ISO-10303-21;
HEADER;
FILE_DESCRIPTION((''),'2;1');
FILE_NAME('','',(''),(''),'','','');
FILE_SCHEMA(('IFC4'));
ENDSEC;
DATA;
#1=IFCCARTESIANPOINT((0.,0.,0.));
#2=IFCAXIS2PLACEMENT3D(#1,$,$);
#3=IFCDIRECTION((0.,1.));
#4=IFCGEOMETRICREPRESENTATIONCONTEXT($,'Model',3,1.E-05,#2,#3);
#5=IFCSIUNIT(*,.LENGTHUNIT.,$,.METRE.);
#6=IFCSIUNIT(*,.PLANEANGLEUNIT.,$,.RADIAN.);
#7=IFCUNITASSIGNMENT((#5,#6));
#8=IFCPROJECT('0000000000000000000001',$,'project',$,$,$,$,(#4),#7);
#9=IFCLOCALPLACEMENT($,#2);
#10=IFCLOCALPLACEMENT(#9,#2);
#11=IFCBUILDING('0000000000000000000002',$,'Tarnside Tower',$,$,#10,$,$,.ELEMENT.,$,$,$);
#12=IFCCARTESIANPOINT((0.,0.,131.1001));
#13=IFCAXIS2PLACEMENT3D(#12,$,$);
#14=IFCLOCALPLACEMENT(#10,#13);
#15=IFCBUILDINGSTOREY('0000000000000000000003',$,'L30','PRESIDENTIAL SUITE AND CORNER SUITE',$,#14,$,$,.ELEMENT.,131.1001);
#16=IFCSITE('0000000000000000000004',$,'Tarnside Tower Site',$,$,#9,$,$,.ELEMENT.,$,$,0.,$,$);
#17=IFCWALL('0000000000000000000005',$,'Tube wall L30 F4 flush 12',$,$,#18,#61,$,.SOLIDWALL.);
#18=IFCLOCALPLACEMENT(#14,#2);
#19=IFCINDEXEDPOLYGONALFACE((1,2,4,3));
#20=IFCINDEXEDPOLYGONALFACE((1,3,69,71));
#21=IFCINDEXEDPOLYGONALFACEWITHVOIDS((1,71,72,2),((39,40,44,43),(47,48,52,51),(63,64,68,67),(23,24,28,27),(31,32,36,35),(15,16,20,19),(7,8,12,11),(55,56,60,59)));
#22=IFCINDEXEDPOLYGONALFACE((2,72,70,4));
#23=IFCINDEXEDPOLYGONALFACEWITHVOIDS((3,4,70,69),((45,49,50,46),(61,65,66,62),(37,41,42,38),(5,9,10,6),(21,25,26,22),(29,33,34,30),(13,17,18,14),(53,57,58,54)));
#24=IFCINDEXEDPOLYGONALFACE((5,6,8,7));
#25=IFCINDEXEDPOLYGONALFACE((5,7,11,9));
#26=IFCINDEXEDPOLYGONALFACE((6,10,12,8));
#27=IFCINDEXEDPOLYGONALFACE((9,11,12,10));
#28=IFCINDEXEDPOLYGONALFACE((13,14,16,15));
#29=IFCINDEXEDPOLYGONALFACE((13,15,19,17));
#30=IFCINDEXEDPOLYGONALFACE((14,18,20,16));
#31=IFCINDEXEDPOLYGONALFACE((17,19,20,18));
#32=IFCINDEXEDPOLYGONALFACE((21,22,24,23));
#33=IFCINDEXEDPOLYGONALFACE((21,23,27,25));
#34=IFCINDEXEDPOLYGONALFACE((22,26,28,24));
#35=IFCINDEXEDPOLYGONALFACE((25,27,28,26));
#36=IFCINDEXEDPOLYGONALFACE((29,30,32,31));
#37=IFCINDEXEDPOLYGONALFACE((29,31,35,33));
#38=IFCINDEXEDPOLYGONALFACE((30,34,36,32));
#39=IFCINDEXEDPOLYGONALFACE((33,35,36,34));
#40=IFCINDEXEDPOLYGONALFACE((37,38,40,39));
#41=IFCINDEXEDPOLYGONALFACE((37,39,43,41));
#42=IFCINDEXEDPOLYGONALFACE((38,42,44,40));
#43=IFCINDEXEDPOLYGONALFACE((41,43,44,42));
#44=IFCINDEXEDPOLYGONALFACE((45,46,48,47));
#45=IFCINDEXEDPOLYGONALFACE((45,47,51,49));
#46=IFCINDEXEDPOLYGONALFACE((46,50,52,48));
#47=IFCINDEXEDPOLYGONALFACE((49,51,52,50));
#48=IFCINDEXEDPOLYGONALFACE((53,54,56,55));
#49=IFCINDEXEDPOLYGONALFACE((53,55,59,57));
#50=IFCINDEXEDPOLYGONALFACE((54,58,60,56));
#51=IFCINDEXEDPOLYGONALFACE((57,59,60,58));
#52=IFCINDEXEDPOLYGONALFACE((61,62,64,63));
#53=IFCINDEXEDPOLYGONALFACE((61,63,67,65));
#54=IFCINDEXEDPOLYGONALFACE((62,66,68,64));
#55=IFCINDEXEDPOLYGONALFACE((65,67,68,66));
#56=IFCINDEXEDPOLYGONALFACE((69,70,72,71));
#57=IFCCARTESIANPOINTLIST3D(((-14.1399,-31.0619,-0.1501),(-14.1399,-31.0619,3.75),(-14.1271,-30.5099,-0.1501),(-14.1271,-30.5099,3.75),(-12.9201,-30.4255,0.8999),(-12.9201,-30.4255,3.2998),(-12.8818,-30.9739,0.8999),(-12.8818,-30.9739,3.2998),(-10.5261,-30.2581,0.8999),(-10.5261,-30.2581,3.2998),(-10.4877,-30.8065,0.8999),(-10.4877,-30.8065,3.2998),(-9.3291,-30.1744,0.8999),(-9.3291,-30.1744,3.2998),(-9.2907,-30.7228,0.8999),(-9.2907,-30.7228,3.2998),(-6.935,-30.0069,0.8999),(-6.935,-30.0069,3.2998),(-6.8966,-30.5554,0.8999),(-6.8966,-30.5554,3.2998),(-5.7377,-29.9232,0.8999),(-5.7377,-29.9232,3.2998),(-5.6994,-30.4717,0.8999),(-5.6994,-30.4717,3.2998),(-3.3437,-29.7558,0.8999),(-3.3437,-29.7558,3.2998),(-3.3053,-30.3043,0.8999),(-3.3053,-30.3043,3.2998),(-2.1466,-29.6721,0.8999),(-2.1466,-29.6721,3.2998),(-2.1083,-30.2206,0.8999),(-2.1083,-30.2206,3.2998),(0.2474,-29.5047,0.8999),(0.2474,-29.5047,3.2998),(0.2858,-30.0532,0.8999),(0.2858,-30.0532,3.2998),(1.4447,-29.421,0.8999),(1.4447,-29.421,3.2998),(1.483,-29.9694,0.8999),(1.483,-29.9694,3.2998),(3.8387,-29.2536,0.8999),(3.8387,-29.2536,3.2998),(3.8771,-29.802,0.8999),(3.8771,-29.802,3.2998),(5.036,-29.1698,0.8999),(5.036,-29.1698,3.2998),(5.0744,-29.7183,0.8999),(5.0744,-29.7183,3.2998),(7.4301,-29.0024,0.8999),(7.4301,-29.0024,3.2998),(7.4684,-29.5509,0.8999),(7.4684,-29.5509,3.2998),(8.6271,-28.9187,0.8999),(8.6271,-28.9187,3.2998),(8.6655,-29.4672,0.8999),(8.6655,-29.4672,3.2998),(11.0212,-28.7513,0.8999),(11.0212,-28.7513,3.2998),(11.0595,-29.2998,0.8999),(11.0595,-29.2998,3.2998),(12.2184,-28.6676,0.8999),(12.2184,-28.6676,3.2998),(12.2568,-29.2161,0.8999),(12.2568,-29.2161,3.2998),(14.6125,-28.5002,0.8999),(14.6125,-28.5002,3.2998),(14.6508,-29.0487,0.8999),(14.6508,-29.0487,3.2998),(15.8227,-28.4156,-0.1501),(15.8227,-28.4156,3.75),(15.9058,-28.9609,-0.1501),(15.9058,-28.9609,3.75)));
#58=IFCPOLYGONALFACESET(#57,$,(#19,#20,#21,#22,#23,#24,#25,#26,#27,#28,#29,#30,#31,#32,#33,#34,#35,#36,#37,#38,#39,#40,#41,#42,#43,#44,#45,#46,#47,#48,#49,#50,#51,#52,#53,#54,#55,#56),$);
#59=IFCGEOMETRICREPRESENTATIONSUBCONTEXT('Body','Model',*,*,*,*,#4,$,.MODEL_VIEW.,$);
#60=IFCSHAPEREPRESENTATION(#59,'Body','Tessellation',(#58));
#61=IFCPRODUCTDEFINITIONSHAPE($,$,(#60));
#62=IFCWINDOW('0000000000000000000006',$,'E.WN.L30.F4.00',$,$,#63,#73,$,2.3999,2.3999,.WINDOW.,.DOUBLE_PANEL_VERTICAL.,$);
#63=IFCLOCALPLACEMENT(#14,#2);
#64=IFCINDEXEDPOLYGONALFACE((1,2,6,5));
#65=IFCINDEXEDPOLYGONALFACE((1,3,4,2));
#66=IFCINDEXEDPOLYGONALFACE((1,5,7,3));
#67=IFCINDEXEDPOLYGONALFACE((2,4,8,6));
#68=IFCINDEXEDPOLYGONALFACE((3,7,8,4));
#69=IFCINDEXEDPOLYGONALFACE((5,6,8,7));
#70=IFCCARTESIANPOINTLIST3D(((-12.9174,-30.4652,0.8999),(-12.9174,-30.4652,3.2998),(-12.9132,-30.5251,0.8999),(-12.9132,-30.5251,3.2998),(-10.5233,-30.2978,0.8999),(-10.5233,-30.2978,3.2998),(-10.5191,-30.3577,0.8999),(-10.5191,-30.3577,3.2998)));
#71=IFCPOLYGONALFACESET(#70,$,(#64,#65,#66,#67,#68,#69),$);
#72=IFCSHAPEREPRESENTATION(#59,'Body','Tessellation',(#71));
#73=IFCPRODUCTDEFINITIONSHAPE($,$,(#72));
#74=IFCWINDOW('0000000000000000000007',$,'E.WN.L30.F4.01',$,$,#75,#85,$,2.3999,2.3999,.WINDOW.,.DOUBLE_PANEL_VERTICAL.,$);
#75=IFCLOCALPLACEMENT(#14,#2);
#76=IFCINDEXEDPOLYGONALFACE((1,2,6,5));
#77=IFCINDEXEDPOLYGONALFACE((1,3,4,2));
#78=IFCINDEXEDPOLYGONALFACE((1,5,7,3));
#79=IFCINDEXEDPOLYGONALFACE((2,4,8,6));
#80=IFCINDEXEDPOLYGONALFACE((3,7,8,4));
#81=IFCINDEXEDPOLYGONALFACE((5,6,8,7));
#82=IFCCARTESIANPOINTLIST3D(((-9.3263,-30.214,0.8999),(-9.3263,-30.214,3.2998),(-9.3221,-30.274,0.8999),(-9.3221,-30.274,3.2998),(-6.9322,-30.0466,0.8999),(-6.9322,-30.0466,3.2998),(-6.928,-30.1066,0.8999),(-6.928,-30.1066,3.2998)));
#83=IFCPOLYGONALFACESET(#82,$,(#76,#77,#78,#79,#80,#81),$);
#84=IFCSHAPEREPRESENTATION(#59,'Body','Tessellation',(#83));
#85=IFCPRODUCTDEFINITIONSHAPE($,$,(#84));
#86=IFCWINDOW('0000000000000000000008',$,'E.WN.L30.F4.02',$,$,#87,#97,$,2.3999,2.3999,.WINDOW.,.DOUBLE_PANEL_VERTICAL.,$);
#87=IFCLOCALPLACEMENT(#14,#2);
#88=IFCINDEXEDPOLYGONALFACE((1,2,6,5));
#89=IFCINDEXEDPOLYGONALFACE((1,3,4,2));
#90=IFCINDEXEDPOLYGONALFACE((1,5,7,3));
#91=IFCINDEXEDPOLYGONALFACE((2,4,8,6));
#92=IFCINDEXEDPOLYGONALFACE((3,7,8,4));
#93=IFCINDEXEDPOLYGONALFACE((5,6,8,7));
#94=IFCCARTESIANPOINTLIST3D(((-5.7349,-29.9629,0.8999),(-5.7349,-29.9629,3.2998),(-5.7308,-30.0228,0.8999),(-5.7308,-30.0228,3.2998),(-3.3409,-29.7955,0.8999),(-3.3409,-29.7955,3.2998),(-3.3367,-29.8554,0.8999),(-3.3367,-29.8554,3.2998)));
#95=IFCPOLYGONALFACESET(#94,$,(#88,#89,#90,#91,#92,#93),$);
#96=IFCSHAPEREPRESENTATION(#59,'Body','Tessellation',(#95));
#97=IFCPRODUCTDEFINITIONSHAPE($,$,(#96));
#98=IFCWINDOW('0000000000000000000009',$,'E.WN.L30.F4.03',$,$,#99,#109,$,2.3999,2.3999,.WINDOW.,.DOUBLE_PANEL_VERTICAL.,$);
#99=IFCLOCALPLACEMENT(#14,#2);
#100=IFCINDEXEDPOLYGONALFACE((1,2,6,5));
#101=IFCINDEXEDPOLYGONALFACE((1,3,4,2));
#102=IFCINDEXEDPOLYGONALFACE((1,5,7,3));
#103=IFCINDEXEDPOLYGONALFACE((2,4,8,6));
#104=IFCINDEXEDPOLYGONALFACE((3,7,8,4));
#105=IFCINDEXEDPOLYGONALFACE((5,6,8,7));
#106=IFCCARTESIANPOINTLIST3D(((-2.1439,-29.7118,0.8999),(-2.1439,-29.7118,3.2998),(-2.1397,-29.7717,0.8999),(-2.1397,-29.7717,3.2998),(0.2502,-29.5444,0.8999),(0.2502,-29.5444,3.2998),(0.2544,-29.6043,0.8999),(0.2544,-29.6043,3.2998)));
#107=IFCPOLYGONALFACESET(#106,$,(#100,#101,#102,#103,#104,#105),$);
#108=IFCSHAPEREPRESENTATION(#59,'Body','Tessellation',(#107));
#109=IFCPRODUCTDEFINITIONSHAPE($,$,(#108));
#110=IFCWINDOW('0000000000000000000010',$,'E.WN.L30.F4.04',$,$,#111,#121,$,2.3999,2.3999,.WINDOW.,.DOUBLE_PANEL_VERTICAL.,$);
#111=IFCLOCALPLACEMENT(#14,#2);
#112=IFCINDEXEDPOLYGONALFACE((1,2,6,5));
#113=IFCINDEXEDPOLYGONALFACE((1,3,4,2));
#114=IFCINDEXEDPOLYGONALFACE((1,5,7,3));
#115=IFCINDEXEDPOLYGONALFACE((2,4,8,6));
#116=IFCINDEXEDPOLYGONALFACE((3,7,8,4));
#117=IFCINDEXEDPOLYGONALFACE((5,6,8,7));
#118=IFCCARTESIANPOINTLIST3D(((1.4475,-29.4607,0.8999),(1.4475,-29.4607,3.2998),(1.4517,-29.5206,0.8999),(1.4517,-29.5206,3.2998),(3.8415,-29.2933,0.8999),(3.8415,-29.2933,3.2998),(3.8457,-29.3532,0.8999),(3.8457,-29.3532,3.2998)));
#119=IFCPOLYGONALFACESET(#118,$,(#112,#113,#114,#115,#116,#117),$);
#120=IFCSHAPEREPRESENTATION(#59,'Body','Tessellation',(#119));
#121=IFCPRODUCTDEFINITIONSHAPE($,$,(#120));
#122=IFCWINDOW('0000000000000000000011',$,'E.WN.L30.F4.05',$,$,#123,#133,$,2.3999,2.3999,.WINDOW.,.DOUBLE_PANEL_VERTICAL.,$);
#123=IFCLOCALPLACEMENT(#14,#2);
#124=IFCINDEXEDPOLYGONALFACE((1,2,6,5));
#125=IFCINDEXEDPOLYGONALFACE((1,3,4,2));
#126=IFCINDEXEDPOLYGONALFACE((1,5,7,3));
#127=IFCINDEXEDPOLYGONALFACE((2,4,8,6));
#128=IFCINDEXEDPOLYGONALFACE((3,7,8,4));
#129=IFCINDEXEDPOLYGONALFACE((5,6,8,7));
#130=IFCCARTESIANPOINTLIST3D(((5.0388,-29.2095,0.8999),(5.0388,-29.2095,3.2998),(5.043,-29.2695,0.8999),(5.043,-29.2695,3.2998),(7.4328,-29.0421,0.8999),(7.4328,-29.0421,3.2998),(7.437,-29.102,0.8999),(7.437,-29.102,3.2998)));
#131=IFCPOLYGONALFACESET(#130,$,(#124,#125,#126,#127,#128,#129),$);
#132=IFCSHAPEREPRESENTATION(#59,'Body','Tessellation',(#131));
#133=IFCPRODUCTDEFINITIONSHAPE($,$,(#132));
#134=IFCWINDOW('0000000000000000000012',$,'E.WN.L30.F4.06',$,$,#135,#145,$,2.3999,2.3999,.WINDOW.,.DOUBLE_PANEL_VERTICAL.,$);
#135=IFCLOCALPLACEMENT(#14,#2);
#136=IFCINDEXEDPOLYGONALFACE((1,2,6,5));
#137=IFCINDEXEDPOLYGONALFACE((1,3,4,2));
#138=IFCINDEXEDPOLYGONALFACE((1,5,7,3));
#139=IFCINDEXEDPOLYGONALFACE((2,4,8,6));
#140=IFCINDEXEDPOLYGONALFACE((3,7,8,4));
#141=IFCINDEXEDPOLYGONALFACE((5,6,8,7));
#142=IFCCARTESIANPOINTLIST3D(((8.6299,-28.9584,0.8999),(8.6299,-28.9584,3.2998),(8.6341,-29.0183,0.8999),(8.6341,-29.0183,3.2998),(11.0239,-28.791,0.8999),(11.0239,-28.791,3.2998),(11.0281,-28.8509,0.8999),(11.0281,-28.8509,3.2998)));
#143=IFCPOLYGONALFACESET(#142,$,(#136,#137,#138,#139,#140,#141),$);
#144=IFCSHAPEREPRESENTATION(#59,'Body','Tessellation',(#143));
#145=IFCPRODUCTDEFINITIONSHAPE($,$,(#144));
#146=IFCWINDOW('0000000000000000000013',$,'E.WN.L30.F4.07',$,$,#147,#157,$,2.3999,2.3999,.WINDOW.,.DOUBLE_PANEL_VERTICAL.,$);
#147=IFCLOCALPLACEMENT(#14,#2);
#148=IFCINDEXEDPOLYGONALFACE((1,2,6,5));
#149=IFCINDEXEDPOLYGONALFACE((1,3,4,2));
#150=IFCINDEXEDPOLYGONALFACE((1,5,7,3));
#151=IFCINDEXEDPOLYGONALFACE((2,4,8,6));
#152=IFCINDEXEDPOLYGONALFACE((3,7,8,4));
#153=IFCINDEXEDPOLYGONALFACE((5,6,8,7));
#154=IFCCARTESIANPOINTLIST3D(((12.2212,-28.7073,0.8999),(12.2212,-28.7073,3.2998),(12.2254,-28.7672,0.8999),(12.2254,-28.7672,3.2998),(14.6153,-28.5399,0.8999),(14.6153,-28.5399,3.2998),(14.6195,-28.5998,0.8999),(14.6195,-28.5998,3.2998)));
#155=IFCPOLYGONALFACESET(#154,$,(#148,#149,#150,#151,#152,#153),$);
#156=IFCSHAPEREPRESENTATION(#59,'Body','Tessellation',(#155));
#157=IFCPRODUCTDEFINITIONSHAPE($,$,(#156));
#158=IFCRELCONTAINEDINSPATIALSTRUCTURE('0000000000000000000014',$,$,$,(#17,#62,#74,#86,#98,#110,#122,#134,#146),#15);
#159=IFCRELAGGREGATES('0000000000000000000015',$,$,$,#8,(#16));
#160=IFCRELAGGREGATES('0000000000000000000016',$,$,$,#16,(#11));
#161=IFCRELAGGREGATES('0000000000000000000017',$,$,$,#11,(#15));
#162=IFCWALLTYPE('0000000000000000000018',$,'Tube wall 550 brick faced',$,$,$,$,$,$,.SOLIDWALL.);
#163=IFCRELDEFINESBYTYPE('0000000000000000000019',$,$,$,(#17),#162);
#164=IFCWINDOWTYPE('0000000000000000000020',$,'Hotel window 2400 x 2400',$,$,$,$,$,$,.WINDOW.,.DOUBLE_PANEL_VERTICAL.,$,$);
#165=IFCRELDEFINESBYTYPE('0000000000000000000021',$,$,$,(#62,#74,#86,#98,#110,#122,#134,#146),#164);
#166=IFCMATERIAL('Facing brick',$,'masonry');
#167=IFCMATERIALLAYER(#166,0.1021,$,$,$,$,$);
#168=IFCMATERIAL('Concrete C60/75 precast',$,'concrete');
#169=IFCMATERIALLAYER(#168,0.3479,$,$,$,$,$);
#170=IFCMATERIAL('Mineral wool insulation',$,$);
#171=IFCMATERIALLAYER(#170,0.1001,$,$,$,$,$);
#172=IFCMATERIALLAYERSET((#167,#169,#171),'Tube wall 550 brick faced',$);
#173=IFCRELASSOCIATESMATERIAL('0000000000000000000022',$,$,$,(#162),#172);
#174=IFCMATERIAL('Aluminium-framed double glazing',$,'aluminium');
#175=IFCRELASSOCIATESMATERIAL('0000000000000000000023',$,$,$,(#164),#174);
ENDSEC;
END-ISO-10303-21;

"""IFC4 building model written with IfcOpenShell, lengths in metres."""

from ifc_helpers import new_model, si_unit, direction, frame, frame_2d, origin, place, context, subcontext, project, spatial, polyline, rectangle, outline, extrude, material, layer, layer_set, type_object, element, fill, save


model = new_model("IFC4")

# Units and contexts
model_context = context("Model", 3, precision=1e-05, world=origin(), true_north=direction((0.0, 1.0)))
body_context = subcontext(model_context, "Body", "Model", "MODEL_VIEW")
ifc_project = project(units=[si_unit("LENGTHUNIT", "METRE"), si_unit("PLANEANGLEUNIT", "RADIAN")], contexts=[model_context])

# Site, building, storey
site_placement = place(None, origin())
site = spatial("IfcSite", under=ifc_project, at=site_placement, Name="Tarnside Tower Site", CompositionType="ELEMENT", RefElevation=0.0)
building_placement = place(site_placement, origin())
building = spatial("IfcBuilding", under=site, at=building_placement, Name="Tarnside Tower", CompositionType="ELEMENT")
storey_placement = place(building_placement, frame((0.0, 0.0, 131.1001)))
storey = spatial("IfcBuildingStorey", under=building, at=storey_placement, Name="L30", Description="PRESIDENTIAL SUITE AND CORNER SUITE", CompositionType="ELEMENT", Elevation=131.1001)

# Wall, openings, windows
ifc_material_1 = material(Name="Facing brick", Category="masonry")
ifc_layer_1 = layer(ifc_material_1, 0.1021)
ifc_material_2 = material(Name="Concrete C60/75 precast", Category="concrete")
ifc_layer_2 = layer(ifc_material_2, 0.3479)
ifc_material_3 = material(Name="Mineral wool insulation")
ifc_layer_3 = layer(ifc_material_3, 0.1001)
ifc_layer_set_1 = layer_set([ifc_layer_1, ifc_layer_2, ifc_layer_3], Name="Tube wall 550 brick faced")
wall_type_1 = type_object("IfcWallType", Name="Tube wall 550 brick faced", PredefinedType="SOLIDWALL", material=ifc_layer_set_1)
wall_1_placement = place(storey_placement, frame((-14.1335, -30.7859, -0.1501), z_axis=(0.0, 0.0, 1.0), x_axis=(0.997564, 0.069757, 0.0)))
wall_1 = element("IfcWall", 1, at=wall_1_placement, inside=storey, type_object=wall_type_1, Name="Tube wall L30 F4 flush 12", PredefinedType="SOLIDWALL", context=body_context, shape_type="SweptSolid", body=[
    extrude(outline(polyline([(-0.0256, -0.2749), (30.0935, -0.2749), (30.0486, 0.2749), (0.0256, 0.2749), (-0.0256, -0.2749)])), origin(), (0.0, 0.0, 1.0), 3.9001),
])
opening_1_placement = place(wall_1_placement, frame((1.2356, 0.0, 1.05)))
opening_1 = element("IfcOpeningElement", 2, at=opening_1_placement, cuts=wall_1, PredefinedType="OPENING", context=body_context, shape_type="SweptSolid", body=[
    extrude(rectangle(XDim=2.3999, YDim=2.3999, at=frame_2d((1.2, 1.2))), frame((0.0, 0.2852, 0.0), z_axis=(0.0, -1.0, 0.0), x_axis=(1.0, 0.0, 0.0)), (0.0, 0.0, 1.0), 0.5701),
])
opening_2_placement = place(wall_1_placement, frame((4.8354, 0.0, 1.05)))
opening_2 = element("IfcOpeningElement", 3, at=opening_2_placement, cuts=wall_1, PredefinedType="OPENING", context=body_context, shape_type="SweptSolid", body=[
    extrude(rectangle(XDim=2.3999, YDim=2.3999, at=frame_2d((1.2, 1.2))), frame((0.0, 0.2852, 0.0), z_axis=(0.0, -1.0, 0.0), x_axis=(1.0, 0.0, 0.0)), (0.0, 0.0, 1.0), 0.5701),
])
opening_3_placement = place(wall_1_placement, frame((8.4355, 0.0, 1.05)))
opening_3 = element("IfcOpeningElement", 4, at=opening_3_placement, cuts=wall_1, PredefinedType="OPENING", context=body_context, shape_type="SweptSolid", body=[
    extrude(rectangle(XDim=2.3999, YDim=2.3999, at=frame_2d((1.2, 1.2))), frame((0.0, 0.2852, 0.0), z_axis=(0.0, -1.0, 0.0), x_axis=(1.0, 0.0, 0.0)), (0.0, 0.0, 1.0), 0.5701),
])
opening_4_placement = place(wall_1_placement, frame((12.0354, 0.0, 1.05)))
opening_4 = element("IfcOpeningElement", 5, at=opening_4_placement, cuts=wall_1, PredefinedType="OPENING", context=body_context, shape_type="SweptSolid", body=[
    extrude(rectangle(XDim=2.3999, YDim=2.3999, at=frame_2d((1.2, 1.2))), frame((0.0, 0.2852, 0.0), z_axis=(0.0, -1.0, 0.0), x_axis=(1.0, 0.0, 0.0)), (0.0, 0.0, 1.0), 0.5701),
])
opening_5_placement = place(wall_1_placement, frame((15.6355, 0.0, 1.05)))
opening_5 = element("IfcOpeningElement", 6, at=opening_5_placement, cuts=wall_1, PredefinedType="OPENING", context=body_context, shape_type="SweptSolid", body=[
    extrude(rectangle(XDim=2.3999, YDim=2.3999, at=frame_2d((1.2, 1.2))), frame((0.0, 0.2852, 0.0), z_axis=(0.0, -1.0, 0.0), x_axis=(1.0, 0.0, 0.0)), (0.0, 0.0, 1.0), 0.5701),
])
opening_6_placement = place(wall_1_placement, frame((19.2356, 0.0, 1.05)))
opening_6 = element("IfcOpeningElement", 7, at=opening_6_placement, cuts=wall_1, PredefinedType="OPENING", context=body_context, shape_type="SweptSolid", body=[
    extrude(rectangle(XDim=2.3999, YDim=2.3999, at=frame_2d((1.2, 1.2))), frame((0.0, 0.2852, 0.0), z_axis=(0.0, -1.0, 0.0), x_axis=(1.0, 0.0, 0.0)), (0.0, 0.0, 1.0), 0.5701),
])
opening_7_placement = place(wall_1_placement, frame((22.8354, 0.0, 1.05)))
opening_7 = element("IfcOpeningElement", 8, at=opening_7_placement, cuts=wall_1, PredefinedType="OPENING", context=body_context, shape_type="SweptSolid", body=[
    extrude(rectangle(XDim=2.3999, YDim=2.3999, at=frame_2d((1.2, 1.2))), frame((0.0, 0.2852, 0.0), z_axis=(0.0, -1.0, 0.0), x_axis=(1.0, 0.0, 0.0)), (0.0, 0.0, 1.0), 0.5701),
])
opening_8_placement = place(wall_1_placement, frame((26.4355, 0.0, 1.05)))
opening_8 = element("IfcOpeningElement", 9, at=opening_8_placement, cuts=wall_1, PredefinedType="OPENING", context=body_context, shape_type="SweptSolid", body=[
    extrude(rectangle(XDim=2.3999, YDim=2.3999, at=frame_2d((1.2, 1.2))), frame((0.0, 0.2852, 0.0), z_axis=(0.0, -1.0, 0.0), x_axis=(1.0, 0.0, 0.0)), (0.0, 0.0, 1.0), 0.5701),
])
ifc_material_4 = material(Name="Aluminium-framed double glazing", Category="aluminium")
window_type = type_object("IfcWindowType", Name="Hotel window 2400 x 2400", PartitioningType="DOUBLE_PANEL_VERTICAL", PredefinedType="WINDOW", material=ifc_material_4)
window_1_placement = place(opening_1_placement, frame((0.0, 0.2051, 0.0)))
window_1 = element("IfcWindow", 10, at=window_1_placement, inside=storey, type_object=window_type, Name="E.WN.L30.F4.00", OverallHeight=2.3999, OverallWidth=2.3999, PartitioningType="DOUBLE_PANEL_VERTICAL", PredefinedType="WINDOW", context=body_context, shape_type="SweptSolid", body=[
    extrude(rectangle(XDim=2.3999, YDim=2.3999, at=frame_2d((1.2, 1.2))), frame((0.0, 0.03, 0.0), z_axis=(0.0, -1.0, 0.0), x_axis=(1.0, 0.0, 0.0)), (0.0, 0.0, 1.0), 0.0601),
])
fill(opening_1, window_1)
window_2_placement = place(opening_2_placement, frame((0.0, 0.2051, 0.0)))
window_2 = element("IfcWindow", 11, at=window_2_placement, inside=storey, type_object=window_type, Name="E.WN.L30.F4.01", OverallHeight=2.3999, OverallWidth=2.3999, PartitioningType="DOUBLE_PANEL_VERTICAL", PredefinedType="WINDOW", context=body_context, shape_type="SweptSolid", body=[
    extrude(rectangle(XDim=2.3999, YDim=2.3999, at=frame_2d((1.2, 1.2))), frame((0.0, 0.03, 0.0), z_axis=(0.0, -1.0, 0.0), x_axis=(1.0, 0.0, 0.0)), (0.0, 0.0, 1.0), 0.0601),
])
fill(opening_2, window_2)
window_3_placement = place(opening_3_placement, frame((0.0, 0.2051, 0.0)))
window_3 = element("IfcWindow", 12, at=window_3_placement, inside=storey, type_object=window_type, Name="E.WN.L30.F4.02", OverallHeight=2.3999, OverallWidth=2.3999, PartitioningType="DOUBLE_PANEL_VERTICAL", PredefinedType="WINDOW", context=body_context, shape_type="SweptSolid", body=[
    extrude(rectangle(XDim=2.3999, YDim=2.3999, at=frame_2d((1.2, 1.2))), frame((0.0, 0.03, 0.0), z_axis=(0.0, -1.0, 0.0), x_axis=(1.0, 0.0, 0.0)), (0.0, 0.0, 1.0), 0.0601),
])
fill(opening_3, window_3)
window_4_placement = place(opening_4_placement, frame((0.0, 0.2051, 0.0)))
window_4 = element("IfcWindow", 13, at=window_4_placement, inside=storey, type_object=window_type, Name="E.WN.L30.F4.03", OverallHeight=2.3999, OverallWidth=2.3999, PartitioningType="DOUBLE_PANEL_VERTICAL", PredefinedType="WINDOW", context=body_context, shape_type="SweptSolid", body=[
    extrude(rectangle(XDim=2.3999, YDim=2.3999, at=frame_2d((1.2, 1.2))), frame((0.0, 0.03, 0.0), z_axis=(0.0, -1.0, 0.0), x_axis=(1.0, 0.0, 0.0)), (0.0, 0.0, 1.0), 0.0601),
])
fill(opening_4, window_4)
window_5_placement = place(opening_5_placement, frame((0.0, 0.2051, 0.0)))
window_5 = element("IfcWindow", 14, at=window_5_placement, inside=storey, type_object=window_type, Name="E.WN.L30.F4.04", OverallHeight=2.3999, OverallWidth=2.3999, PartitioningType="DOUBLE_PANEL_VERTICAL", PredefinedType="WINDOW", context=body_context, shape_type="SweptSolid", body=[
    extrude(rectangle(XDim=2.3999, YDim=2.3999, at=frame_2d((1.2, 1.2))), frame((0.0, 0.03, 0.0), z_axis=(0.0, -1.0, 0.0), x_axis=(1.0, 0.0, 0.0)), (0.0, 0.0, 1.0), 0.0601),
])
fill(opening_5, window_5)
window_6_placement = place(opening_6_placement, frame((0.0, 0.2051, 0.0)))
window_6 = element("IfcWindow", 15, at=window_6_placement, inside=storey, type_object=window_type, Name="E.WN.L30.F4.05", OverallHeight=2.3999, OverallWidth=2.3999, PartitioningType="DOUBLE_PANEL_VERTICAL", PredefinedType="WINDOW", context=body_context, shape_type="SweptSolid", body=[
    extrude(rectangle(XDim=2.3999, YDim=2.3999, at=frame_2d((1.2, 1.2))), frame((0.0, 0.03, 0.0), z_axis=(0.0, -1.0, 0.0), x_axis=(1.0, 0.0, 0.0)), (0.0, 0.0, 1.0), 0.0601),
])
fill(opening_6, window_6)
window_7_placement = place(opening_7_placement, frame((0.0, 0.2051, 0.0)))
window_7 = element("IfcWindow", 16, at=window_7_placement, inside=storey, type_object=window_type, Name="E.WN.L30.F4.06", OverallHeight=2.3999, OverallWidth=2.3999, PartitioningType="DOUBLE_PANEL_VERTICAL", PredefinedType="WINDOW", context=body_context, shape_type="SweptSolid", body=[
    extrude(rectangle(XDim=2.3999, YDim=2.3999, at=frame_2d((1.2, 1.2))), frame((0.0, 0.03, 0.0), z_axis=(0.0, -1.0, 0.0), x_axis=(1.0, 0.0, 0.0)), (0.0, 0.0, 1.0), 0.0601),
])
fill(opening_7, window_7)
window_8_placement = place(opening_8_placement, frame((0.0, 0.2051, 0.0)))
window_8 = element("IfcWindow", 17, at=window_8_placement, inside=storey, type_object=window_type, Name="E.WN.L30.F4.07", OverallHeight=2.3999, OverallWidth=2.3999, PartitioningType="DOUBLE_PANEL_VERTICAL", PredefinedType="WINDOW", context=body_context, shape_type="SweptSolid", body=[
    extrude(rectangle(XDim=2.3999, YDim=2.3999, at=frame_2d((1.2, 1.2))), frame((0.0, 0.03, 0.0), z_axis=(0.0, -1.0, 0.0), x_axis=(1.0, 0.0, 0.0)), (0.0, 0.0, 1.0), 0.0601),
])
fill(opening_8, window_8)

save(model, "model.ifc")
